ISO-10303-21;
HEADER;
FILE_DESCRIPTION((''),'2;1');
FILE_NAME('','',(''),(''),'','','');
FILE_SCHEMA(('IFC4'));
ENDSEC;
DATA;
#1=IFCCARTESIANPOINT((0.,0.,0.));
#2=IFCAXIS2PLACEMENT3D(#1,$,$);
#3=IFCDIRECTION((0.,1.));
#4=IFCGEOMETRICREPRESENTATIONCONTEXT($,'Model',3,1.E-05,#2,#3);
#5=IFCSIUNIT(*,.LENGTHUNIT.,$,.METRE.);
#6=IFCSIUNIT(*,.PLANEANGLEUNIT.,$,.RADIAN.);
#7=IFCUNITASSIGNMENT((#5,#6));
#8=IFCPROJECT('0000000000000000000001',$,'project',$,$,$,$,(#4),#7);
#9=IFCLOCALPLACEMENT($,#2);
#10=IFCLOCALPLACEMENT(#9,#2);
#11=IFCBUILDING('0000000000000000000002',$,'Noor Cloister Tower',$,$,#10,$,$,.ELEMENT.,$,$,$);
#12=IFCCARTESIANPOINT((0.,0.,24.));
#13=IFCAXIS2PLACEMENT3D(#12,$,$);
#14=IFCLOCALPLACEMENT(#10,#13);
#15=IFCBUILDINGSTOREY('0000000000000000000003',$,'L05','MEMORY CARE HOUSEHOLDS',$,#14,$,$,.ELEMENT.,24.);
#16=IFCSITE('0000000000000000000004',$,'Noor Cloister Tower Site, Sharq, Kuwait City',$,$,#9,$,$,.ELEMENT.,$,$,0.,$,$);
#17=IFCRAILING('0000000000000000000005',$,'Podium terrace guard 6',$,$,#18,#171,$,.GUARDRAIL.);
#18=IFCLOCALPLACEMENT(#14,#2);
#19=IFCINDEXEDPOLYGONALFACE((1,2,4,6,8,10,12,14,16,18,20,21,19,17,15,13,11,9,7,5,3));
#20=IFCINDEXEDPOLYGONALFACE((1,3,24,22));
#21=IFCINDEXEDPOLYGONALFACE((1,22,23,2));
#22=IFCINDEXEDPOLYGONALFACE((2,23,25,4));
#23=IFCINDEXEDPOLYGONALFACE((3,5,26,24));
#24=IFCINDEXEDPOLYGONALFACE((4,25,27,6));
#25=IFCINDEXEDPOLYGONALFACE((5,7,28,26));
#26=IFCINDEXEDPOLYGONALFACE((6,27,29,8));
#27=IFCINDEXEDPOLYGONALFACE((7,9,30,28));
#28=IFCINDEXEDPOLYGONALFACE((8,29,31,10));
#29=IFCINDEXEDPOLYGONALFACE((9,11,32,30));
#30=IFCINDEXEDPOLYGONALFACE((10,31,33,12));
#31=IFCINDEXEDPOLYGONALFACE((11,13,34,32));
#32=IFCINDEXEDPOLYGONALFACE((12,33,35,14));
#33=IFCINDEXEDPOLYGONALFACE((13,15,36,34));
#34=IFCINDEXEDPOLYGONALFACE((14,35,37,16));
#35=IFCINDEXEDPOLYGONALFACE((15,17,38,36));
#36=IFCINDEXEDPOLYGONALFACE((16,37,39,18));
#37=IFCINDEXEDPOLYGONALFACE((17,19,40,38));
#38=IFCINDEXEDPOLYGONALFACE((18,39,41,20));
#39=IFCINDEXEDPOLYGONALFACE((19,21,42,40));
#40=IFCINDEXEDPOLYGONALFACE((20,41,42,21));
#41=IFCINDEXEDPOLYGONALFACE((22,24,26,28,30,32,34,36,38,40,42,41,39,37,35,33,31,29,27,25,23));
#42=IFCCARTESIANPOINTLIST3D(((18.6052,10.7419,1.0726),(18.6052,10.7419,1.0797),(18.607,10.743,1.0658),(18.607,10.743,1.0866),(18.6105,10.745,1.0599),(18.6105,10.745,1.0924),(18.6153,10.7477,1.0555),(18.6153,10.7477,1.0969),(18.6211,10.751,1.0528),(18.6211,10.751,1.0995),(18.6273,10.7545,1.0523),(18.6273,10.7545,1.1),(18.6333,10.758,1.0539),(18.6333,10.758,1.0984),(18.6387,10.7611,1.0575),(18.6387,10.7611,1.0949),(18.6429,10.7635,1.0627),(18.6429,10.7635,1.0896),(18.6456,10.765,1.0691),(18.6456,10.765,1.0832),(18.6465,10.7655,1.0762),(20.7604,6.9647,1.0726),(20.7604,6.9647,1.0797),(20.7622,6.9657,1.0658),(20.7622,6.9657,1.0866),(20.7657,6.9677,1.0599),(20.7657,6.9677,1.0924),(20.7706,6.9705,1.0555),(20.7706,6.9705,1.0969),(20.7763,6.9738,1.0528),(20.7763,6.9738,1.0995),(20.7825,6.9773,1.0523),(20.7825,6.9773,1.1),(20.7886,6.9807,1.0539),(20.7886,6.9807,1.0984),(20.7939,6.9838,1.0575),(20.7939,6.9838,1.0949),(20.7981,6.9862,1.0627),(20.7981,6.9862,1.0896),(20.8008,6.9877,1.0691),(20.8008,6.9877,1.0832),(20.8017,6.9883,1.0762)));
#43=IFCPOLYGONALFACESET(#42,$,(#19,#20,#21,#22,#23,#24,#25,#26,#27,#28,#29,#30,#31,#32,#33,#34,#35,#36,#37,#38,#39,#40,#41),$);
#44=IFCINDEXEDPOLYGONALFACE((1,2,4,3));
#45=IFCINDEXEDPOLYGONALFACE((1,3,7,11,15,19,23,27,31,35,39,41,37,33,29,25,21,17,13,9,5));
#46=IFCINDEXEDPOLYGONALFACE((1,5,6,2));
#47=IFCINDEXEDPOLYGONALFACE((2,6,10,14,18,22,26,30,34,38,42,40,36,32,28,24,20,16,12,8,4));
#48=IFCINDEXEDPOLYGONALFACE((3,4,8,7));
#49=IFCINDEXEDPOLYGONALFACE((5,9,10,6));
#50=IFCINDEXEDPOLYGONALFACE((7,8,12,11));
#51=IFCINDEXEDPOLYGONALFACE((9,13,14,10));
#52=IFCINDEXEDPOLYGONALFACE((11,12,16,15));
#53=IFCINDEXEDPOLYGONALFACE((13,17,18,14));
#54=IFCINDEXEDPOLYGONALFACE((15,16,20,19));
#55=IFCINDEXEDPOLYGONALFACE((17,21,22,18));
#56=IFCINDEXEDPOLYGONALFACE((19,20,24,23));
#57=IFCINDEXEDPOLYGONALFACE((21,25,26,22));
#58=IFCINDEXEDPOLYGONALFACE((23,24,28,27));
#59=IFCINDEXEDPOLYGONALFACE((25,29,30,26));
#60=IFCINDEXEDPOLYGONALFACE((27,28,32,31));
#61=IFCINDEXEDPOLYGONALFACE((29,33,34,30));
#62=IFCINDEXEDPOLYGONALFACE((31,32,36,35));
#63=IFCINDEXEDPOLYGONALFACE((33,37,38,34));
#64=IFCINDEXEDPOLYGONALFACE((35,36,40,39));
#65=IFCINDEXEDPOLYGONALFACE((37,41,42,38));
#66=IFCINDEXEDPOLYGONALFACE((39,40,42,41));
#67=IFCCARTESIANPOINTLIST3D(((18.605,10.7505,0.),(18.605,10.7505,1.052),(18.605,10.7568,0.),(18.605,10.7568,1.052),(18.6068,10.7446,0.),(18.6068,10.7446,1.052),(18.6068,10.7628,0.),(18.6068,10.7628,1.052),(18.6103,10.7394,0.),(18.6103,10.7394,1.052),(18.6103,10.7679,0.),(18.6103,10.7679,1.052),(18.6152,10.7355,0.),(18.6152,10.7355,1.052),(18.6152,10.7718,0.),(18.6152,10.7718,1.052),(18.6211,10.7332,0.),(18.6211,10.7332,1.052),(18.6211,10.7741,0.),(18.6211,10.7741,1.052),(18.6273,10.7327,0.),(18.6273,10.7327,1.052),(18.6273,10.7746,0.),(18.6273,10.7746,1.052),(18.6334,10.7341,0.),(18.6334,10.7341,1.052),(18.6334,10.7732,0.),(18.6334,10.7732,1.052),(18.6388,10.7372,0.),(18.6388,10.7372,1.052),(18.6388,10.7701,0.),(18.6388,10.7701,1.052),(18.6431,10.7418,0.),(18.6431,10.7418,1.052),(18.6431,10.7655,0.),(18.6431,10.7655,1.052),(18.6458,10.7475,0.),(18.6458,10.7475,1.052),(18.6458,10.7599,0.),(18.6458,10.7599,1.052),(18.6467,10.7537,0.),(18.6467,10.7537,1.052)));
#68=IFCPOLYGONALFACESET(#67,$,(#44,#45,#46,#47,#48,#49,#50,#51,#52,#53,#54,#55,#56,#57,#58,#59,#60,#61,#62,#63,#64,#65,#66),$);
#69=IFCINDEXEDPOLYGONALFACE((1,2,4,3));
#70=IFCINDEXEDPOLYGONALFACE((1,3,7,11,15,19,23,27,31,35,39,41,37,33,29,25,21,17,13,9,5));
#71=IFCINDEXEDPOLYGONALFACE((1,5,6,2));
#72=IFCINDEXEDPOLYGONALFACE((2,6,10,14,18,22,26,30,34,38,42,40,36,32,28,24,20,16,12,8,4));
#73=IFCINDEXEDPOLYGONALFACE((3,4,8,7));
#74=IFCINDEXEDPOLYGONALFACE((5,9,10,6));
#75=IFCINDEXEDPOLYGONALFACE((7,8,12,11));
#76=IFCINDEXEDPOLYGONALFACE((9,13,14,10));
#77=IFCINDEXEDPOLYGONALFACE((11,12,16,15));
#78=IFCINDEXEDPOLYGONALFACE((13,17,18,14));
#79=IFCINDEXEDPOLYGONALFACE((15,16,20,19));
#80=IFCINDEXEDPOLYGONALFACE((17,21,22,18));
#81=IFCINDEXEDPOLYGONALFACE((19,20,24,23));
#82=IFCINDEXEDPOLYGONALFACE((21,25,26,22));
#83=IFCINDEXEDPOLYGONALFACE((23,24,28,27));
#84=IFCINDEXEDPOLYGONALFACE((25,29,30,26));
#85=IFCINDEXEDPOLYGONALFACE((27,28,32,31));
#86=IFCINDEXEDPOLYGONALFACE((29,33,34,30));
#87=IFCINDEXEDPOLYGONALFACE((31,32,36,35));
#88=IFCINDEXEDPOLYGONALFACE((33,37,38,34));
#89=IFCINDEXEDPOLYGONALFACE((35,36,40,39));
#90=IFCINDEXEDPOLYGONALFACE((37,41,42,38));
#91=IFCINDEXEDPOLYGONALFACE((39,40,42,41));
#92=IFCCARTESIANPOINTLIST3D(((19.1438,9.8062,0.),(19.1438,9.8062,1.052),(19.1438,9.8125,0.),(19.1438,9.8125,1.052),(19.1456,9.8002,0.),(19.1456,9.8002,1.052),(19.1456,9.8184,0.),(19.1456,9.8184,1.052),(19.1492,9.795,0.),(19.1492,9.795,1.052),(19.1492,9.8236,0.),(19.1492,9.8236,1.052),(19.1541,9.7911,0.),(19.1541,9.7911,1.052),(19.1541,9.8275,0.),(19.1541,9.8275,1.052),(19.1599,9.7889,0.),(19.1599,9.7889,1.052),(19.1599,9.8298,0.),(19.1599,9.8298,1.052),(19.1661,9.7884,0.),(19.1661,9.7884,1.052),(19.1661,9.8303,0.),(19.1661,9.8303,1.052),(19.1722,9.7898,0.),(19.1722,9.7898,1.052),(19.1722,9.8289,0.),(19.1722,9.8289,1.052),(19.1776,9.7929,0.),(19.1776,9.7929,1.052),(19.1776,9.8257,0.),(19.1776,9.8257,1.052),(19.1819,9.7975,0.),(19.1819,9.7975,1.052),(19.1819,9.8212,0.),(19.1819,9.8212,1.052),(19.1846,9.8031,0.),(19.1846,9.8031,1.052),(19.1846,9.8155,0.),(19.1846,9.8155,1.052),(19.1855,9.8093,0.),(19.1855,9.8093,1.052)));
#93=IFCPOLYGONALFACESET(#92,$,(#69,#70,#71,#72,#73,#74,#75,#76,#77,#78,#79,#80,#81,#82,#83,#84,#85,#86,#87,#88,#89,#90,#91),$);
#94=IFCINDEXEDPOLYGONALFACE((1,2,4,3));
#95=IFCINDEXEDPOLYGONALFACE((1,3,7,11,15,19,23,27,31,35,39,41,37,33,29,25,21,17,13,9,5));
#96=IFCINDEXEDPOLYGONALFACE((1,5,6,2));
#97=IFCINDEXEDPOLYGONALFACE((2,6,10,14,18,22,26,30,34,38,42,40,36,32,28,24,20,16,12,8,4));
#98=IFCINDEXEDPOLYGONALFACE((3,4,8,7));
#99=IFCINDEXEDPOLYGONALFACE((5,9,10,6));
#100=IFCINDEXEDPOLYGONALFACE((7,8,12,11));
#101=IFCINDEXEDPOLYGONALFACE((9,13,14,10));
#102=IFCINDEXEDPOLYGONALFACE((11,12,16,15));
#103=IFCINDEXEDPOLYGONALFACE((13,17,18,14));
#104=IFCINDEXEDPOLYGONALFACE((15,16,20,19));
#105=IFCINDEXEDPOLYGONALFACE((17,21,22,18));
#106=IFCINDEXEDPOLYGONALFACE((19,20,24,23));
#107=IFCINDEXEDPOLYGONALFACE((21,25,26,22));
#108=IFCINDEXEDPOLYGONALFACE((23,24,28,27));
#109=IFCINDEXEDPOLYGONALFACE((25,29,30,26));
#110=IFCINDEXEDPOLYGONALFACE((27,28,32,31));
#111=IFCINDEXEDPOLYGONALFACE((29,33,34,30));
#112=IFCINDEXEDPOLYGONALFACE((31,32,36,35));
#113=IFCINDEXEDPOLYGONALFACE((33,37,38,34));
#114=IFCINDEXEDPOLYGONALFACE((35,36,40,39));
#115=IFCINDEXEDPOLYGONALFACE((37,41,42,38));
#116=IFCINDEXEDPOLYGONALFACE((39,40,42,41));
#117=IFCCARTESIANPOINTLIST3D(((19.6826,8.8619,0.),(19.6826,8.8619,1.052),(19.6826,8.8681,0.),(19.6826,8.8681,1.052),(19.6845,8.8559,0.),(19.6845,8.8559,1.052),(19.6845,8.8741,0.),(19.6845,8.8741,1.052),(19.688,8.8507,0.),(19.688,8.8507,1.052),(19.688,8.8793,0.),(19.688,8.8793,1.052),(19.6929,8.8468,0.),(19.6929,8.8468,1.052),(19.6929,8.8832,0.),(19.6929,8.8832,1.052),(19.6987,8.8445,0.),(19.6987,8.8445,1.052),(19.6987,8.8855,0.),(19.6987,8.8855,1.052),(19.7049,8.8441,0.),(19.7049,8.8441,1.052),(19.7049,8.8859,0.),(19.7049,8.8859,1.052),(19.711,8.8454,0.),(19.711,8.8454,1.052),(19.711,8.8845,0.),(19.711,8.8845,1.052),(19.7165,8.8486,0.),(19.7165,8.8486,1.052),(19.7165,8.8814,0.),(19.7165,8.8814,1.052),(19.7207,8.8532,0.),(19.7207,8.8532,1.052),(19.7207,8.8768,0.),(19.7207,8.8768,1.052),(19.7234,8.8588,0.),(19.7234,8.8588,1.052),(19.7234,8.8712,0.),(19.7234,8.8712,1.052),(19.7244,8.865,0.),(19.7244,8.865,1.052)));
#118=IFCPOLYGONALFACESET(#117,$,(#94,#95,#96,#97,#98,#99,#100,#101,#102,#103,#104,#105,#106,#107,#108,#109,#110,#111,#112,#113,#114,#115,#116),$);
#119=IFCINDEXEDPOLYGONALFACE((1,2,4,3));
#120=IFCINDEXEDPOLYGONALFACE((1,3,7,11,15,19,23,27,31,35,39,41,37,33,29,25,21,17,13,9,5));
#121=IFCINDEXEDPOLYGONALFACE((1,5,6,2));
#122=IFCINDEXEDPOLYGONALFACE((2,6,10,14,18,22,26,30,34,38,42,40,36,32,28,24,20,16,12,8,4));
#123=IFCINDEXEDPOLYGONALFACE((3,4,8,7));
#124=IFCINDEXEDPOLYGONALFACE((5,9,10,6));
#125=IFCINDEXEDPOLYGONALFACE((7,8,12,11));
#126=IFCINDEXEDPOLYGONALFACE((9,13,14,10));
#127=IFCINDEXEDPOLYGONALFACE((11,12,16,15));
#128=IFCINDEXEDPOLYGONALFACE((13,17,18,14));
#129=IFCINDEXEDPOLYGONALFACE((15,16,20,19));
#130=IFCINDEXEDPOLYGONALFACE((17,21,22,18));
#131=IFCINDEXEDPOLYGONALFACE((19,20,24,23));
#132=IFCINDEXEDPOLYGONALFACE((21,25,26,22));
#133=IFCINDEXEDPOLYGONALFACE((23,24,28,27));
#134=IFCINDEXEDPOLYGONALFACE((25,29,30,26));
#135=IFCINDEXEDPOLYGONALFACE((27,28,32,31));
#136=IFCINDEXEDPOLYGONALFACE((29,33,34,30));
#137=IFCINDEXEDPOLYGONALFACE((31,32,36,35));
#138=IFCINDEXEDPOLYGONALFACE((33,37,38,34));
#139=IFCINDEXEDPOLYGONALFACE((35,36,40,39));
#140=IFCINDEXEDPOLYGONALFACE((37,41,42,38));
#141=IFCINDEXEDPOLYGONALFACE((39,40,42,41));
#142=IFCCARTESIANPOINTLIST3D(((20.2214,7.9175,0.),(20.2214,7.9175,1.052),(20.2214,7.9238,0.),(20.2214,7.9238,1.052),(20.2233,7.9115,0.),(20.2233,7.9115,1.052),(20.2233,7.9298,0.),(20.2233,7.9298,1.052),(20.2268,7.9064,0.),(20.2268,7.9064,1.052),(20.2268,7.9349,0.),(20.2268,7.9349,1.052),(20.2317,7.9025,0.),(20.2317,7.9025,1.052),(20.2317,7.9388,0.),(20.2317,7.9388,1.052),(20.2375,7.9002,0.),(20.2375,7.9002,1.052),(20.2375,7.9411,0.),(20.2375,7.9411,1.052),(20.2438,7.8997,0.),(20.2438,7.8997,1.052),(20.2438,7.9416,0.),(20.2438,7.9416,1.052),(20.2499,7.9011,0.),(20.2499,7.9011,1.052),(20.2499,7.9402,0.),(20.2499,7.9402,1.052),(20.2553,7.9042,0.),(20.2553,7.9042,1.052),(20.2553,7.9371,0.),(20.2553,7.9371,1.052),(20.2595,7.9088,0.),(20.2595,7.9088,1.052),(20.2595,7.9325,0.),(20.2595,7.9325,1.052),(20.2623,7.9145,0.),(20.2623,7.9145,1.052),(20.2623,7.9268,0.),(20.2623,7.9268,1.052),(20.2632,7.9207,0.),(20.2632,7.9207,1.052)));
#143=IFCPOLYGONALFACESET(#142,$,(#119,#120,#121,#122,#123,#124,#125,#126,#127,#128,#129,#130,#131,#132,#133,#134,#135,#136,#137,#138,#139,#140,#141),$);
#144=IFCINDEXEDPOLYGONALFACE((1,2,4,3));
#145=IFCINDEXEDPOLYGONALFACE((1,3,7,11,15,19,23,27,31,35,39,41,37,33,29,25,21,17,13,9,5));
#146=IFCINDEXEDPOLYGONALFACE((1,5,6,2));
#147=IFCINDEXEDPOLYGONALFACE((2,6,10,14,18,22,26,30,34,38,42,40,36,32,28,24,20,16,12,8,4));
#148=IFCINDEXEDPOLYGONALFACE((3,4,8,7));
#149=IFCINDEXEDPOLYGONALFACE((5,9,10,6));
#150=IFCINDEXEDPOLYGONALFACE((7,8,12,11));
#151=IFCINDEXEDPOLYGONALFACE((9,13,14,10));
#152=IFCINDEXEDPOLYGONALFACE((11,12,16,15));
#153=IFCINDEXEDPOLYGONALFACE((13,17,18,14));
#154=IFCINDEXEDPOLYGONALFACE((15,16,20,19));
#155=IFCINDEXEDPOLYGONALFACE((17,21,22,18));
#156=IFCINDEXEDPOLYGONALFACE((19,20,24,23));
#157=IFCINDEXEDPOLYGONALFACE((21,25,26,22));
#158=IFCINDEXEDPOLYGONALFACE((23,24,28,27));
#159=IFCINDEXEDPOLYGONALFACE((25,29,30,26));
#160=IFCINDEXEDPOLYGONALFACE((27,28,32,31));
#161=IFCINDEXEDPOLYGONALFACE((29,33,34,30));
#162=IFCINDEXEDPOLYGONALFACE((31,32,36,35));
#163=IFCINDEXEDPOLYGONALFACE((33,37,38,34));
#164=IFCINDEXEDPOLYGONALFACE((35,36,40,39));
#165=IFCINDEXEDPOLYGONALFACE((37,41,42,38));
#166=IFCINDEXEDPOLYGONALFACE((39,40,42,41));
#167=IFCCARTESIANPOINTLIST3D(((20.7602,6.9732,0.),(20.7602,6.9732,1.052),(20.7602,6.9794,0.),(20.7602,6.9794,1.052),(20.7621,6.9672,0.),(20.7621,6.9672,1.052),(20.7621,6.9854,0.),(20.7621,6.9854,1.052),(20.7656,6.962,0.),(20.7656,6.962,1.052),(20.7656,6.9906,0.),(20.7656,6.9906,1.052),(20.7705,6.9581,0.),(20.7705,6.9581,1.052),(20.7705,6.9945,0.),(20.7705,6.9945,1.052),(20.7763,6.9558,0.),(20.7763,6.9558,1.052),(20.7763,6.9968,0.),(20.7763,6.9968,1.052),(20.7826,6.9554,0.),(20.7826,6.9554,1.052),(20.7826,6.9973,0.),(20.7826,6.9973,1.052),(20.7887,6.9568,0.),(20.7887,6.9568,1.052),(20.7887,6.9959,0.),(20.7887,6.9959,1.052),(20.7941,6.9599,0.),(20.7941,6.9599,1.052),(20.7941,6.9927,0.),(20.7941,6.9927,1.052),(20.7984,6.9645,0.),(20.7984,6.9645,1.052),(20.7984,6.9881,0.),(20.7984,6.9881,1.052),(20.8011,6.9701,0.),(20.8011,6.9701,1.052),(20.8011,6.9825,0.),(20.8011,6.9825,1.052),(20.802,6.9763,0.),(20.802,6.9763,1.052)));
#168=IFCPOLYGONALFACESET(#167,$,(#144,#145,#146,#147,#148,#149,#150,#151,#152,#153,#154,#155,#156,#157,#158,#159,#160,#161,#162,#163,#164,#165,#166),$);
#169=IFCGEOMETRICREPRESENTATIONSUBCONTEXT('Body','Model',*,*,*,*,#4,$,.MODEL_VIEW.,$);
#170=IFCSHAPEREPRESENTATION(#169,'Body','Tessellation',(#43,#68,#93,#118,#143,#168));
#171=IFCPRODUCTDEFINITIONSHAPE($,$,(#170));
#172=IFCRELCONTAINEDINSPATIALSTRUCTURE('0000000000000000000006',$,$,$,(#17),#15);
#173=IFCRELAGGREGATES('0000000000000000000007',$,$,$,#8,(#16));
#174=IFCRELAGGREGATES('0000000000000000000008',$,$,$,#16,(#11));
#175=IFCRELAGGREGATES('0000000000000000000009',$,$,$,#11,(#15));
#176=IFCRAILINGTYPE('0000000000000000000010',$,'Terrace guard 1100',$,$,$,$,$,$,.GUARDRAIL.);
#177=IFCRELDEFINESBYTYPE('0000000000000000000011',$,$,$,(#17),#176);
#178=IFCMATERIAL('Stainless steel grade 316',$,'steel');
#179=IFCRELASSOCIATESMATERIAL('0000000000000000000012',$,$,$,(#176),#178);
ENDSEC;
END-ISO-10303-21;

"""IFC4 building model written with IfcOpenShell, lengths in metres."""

from ifc_helpers import new_model, si_unit, direction, frame, origin, origin_2d, place, context, subcontext, project, spatial, circle, extrude, material, type_object, element, save


model = new_model("IFC4")

# Units and contexts
model_context = context("Model", 3, precision=1e-05, world=origin(), true_north=direction((0.0, 1.0)))
body_context = subcontext(model_context, "Body", "Model", "MODEL_VIEW")
ifc_project = project(units=[si_unit("LENGTHUNIT", "METRE"), si_unit("PLANEANGLEUNIT", "RADIAN")], contexts=[model_context])

# Site, building, storey
site_placement = place(None, origin())
site = spatial("IfcSite", under=ifc_project, at=site_placement, Name="Noor Cloister Tower Site, Sharq, Kuwait City", CompositionType="ELEMENT", RefElevation=0.0)
building_placement = place(site_placement, origin())
building = spatial("IfcBuilding", under=site, at=building_placement, Name="Noor Cloister Tower", CompositionType="ELEMENT")
storey_placement = place(building_placement, frame((0.0, 0.0, 24.0)))
storey = spatial("IfcBuildingStorey", under=building, at=storey_placement, Name="L05", Description="MEMORY CARE HOUSEHOLDS", CompositionType="ELEMENT", Elevation=24.0)

# Railing
ifc_material_1 = material(Name="Stainless steel grade 316", Category="steel")
railing_type = type_object("IfcRailingType", Name="Terrace guard 1100", PredefinedType="GUARDRAIL", material=ifc_material_1)
railing_1_placement = place(storey_placement, frame((18.6257, 10.7537, 0.0)))
element("IfcRailing", 1, at=railing_1_placement, inside=storey, type_object=railing_type, Name="Podium terrace guard 6", PredefinedType="GUARDRAIL", context=body_context, shape_type="SweptSolid", body=[
    extrude(circle(Radius=0.0239, at=origin_2d()), frame((0.0, 0.0, 1.0762), z_axis=(0.495583, -0.868561, 0.0), x_axis=(0.868561, 0.495583, 0.0)), (0.0, 0.0, 1.0), 4.3489),
    extrude(circle(Radius=0.021, at=origin_2d()), origin(), (0.0, 0.0, 1.0), 1.052),
    extrude(circle(Radius=0.021, at=origin_2d()), frame((0.5388, -0.9443, 0.0)), (0.0, 0.0, 1.0), 1.052),
    extrude(circle(Radius=0.021, at=origin_2d()), frame((1.0776, -1.8887, 0.0)), (0.0, 0.0, 1.0), 1.052),
    extrude(circle(Radius=0.021, at=origin_2d()), frame((1.6165, -2.833, 0.0)), (0.0, 0.0, 1.0), 1.052),
    extrude(circle(Radius=0.021, at=origin_2d()), frame((2.1553, -3.7773, 0.0)), (0.0, 0.0, 1.0), 1.052),
])

save(model, "model.ifc")
